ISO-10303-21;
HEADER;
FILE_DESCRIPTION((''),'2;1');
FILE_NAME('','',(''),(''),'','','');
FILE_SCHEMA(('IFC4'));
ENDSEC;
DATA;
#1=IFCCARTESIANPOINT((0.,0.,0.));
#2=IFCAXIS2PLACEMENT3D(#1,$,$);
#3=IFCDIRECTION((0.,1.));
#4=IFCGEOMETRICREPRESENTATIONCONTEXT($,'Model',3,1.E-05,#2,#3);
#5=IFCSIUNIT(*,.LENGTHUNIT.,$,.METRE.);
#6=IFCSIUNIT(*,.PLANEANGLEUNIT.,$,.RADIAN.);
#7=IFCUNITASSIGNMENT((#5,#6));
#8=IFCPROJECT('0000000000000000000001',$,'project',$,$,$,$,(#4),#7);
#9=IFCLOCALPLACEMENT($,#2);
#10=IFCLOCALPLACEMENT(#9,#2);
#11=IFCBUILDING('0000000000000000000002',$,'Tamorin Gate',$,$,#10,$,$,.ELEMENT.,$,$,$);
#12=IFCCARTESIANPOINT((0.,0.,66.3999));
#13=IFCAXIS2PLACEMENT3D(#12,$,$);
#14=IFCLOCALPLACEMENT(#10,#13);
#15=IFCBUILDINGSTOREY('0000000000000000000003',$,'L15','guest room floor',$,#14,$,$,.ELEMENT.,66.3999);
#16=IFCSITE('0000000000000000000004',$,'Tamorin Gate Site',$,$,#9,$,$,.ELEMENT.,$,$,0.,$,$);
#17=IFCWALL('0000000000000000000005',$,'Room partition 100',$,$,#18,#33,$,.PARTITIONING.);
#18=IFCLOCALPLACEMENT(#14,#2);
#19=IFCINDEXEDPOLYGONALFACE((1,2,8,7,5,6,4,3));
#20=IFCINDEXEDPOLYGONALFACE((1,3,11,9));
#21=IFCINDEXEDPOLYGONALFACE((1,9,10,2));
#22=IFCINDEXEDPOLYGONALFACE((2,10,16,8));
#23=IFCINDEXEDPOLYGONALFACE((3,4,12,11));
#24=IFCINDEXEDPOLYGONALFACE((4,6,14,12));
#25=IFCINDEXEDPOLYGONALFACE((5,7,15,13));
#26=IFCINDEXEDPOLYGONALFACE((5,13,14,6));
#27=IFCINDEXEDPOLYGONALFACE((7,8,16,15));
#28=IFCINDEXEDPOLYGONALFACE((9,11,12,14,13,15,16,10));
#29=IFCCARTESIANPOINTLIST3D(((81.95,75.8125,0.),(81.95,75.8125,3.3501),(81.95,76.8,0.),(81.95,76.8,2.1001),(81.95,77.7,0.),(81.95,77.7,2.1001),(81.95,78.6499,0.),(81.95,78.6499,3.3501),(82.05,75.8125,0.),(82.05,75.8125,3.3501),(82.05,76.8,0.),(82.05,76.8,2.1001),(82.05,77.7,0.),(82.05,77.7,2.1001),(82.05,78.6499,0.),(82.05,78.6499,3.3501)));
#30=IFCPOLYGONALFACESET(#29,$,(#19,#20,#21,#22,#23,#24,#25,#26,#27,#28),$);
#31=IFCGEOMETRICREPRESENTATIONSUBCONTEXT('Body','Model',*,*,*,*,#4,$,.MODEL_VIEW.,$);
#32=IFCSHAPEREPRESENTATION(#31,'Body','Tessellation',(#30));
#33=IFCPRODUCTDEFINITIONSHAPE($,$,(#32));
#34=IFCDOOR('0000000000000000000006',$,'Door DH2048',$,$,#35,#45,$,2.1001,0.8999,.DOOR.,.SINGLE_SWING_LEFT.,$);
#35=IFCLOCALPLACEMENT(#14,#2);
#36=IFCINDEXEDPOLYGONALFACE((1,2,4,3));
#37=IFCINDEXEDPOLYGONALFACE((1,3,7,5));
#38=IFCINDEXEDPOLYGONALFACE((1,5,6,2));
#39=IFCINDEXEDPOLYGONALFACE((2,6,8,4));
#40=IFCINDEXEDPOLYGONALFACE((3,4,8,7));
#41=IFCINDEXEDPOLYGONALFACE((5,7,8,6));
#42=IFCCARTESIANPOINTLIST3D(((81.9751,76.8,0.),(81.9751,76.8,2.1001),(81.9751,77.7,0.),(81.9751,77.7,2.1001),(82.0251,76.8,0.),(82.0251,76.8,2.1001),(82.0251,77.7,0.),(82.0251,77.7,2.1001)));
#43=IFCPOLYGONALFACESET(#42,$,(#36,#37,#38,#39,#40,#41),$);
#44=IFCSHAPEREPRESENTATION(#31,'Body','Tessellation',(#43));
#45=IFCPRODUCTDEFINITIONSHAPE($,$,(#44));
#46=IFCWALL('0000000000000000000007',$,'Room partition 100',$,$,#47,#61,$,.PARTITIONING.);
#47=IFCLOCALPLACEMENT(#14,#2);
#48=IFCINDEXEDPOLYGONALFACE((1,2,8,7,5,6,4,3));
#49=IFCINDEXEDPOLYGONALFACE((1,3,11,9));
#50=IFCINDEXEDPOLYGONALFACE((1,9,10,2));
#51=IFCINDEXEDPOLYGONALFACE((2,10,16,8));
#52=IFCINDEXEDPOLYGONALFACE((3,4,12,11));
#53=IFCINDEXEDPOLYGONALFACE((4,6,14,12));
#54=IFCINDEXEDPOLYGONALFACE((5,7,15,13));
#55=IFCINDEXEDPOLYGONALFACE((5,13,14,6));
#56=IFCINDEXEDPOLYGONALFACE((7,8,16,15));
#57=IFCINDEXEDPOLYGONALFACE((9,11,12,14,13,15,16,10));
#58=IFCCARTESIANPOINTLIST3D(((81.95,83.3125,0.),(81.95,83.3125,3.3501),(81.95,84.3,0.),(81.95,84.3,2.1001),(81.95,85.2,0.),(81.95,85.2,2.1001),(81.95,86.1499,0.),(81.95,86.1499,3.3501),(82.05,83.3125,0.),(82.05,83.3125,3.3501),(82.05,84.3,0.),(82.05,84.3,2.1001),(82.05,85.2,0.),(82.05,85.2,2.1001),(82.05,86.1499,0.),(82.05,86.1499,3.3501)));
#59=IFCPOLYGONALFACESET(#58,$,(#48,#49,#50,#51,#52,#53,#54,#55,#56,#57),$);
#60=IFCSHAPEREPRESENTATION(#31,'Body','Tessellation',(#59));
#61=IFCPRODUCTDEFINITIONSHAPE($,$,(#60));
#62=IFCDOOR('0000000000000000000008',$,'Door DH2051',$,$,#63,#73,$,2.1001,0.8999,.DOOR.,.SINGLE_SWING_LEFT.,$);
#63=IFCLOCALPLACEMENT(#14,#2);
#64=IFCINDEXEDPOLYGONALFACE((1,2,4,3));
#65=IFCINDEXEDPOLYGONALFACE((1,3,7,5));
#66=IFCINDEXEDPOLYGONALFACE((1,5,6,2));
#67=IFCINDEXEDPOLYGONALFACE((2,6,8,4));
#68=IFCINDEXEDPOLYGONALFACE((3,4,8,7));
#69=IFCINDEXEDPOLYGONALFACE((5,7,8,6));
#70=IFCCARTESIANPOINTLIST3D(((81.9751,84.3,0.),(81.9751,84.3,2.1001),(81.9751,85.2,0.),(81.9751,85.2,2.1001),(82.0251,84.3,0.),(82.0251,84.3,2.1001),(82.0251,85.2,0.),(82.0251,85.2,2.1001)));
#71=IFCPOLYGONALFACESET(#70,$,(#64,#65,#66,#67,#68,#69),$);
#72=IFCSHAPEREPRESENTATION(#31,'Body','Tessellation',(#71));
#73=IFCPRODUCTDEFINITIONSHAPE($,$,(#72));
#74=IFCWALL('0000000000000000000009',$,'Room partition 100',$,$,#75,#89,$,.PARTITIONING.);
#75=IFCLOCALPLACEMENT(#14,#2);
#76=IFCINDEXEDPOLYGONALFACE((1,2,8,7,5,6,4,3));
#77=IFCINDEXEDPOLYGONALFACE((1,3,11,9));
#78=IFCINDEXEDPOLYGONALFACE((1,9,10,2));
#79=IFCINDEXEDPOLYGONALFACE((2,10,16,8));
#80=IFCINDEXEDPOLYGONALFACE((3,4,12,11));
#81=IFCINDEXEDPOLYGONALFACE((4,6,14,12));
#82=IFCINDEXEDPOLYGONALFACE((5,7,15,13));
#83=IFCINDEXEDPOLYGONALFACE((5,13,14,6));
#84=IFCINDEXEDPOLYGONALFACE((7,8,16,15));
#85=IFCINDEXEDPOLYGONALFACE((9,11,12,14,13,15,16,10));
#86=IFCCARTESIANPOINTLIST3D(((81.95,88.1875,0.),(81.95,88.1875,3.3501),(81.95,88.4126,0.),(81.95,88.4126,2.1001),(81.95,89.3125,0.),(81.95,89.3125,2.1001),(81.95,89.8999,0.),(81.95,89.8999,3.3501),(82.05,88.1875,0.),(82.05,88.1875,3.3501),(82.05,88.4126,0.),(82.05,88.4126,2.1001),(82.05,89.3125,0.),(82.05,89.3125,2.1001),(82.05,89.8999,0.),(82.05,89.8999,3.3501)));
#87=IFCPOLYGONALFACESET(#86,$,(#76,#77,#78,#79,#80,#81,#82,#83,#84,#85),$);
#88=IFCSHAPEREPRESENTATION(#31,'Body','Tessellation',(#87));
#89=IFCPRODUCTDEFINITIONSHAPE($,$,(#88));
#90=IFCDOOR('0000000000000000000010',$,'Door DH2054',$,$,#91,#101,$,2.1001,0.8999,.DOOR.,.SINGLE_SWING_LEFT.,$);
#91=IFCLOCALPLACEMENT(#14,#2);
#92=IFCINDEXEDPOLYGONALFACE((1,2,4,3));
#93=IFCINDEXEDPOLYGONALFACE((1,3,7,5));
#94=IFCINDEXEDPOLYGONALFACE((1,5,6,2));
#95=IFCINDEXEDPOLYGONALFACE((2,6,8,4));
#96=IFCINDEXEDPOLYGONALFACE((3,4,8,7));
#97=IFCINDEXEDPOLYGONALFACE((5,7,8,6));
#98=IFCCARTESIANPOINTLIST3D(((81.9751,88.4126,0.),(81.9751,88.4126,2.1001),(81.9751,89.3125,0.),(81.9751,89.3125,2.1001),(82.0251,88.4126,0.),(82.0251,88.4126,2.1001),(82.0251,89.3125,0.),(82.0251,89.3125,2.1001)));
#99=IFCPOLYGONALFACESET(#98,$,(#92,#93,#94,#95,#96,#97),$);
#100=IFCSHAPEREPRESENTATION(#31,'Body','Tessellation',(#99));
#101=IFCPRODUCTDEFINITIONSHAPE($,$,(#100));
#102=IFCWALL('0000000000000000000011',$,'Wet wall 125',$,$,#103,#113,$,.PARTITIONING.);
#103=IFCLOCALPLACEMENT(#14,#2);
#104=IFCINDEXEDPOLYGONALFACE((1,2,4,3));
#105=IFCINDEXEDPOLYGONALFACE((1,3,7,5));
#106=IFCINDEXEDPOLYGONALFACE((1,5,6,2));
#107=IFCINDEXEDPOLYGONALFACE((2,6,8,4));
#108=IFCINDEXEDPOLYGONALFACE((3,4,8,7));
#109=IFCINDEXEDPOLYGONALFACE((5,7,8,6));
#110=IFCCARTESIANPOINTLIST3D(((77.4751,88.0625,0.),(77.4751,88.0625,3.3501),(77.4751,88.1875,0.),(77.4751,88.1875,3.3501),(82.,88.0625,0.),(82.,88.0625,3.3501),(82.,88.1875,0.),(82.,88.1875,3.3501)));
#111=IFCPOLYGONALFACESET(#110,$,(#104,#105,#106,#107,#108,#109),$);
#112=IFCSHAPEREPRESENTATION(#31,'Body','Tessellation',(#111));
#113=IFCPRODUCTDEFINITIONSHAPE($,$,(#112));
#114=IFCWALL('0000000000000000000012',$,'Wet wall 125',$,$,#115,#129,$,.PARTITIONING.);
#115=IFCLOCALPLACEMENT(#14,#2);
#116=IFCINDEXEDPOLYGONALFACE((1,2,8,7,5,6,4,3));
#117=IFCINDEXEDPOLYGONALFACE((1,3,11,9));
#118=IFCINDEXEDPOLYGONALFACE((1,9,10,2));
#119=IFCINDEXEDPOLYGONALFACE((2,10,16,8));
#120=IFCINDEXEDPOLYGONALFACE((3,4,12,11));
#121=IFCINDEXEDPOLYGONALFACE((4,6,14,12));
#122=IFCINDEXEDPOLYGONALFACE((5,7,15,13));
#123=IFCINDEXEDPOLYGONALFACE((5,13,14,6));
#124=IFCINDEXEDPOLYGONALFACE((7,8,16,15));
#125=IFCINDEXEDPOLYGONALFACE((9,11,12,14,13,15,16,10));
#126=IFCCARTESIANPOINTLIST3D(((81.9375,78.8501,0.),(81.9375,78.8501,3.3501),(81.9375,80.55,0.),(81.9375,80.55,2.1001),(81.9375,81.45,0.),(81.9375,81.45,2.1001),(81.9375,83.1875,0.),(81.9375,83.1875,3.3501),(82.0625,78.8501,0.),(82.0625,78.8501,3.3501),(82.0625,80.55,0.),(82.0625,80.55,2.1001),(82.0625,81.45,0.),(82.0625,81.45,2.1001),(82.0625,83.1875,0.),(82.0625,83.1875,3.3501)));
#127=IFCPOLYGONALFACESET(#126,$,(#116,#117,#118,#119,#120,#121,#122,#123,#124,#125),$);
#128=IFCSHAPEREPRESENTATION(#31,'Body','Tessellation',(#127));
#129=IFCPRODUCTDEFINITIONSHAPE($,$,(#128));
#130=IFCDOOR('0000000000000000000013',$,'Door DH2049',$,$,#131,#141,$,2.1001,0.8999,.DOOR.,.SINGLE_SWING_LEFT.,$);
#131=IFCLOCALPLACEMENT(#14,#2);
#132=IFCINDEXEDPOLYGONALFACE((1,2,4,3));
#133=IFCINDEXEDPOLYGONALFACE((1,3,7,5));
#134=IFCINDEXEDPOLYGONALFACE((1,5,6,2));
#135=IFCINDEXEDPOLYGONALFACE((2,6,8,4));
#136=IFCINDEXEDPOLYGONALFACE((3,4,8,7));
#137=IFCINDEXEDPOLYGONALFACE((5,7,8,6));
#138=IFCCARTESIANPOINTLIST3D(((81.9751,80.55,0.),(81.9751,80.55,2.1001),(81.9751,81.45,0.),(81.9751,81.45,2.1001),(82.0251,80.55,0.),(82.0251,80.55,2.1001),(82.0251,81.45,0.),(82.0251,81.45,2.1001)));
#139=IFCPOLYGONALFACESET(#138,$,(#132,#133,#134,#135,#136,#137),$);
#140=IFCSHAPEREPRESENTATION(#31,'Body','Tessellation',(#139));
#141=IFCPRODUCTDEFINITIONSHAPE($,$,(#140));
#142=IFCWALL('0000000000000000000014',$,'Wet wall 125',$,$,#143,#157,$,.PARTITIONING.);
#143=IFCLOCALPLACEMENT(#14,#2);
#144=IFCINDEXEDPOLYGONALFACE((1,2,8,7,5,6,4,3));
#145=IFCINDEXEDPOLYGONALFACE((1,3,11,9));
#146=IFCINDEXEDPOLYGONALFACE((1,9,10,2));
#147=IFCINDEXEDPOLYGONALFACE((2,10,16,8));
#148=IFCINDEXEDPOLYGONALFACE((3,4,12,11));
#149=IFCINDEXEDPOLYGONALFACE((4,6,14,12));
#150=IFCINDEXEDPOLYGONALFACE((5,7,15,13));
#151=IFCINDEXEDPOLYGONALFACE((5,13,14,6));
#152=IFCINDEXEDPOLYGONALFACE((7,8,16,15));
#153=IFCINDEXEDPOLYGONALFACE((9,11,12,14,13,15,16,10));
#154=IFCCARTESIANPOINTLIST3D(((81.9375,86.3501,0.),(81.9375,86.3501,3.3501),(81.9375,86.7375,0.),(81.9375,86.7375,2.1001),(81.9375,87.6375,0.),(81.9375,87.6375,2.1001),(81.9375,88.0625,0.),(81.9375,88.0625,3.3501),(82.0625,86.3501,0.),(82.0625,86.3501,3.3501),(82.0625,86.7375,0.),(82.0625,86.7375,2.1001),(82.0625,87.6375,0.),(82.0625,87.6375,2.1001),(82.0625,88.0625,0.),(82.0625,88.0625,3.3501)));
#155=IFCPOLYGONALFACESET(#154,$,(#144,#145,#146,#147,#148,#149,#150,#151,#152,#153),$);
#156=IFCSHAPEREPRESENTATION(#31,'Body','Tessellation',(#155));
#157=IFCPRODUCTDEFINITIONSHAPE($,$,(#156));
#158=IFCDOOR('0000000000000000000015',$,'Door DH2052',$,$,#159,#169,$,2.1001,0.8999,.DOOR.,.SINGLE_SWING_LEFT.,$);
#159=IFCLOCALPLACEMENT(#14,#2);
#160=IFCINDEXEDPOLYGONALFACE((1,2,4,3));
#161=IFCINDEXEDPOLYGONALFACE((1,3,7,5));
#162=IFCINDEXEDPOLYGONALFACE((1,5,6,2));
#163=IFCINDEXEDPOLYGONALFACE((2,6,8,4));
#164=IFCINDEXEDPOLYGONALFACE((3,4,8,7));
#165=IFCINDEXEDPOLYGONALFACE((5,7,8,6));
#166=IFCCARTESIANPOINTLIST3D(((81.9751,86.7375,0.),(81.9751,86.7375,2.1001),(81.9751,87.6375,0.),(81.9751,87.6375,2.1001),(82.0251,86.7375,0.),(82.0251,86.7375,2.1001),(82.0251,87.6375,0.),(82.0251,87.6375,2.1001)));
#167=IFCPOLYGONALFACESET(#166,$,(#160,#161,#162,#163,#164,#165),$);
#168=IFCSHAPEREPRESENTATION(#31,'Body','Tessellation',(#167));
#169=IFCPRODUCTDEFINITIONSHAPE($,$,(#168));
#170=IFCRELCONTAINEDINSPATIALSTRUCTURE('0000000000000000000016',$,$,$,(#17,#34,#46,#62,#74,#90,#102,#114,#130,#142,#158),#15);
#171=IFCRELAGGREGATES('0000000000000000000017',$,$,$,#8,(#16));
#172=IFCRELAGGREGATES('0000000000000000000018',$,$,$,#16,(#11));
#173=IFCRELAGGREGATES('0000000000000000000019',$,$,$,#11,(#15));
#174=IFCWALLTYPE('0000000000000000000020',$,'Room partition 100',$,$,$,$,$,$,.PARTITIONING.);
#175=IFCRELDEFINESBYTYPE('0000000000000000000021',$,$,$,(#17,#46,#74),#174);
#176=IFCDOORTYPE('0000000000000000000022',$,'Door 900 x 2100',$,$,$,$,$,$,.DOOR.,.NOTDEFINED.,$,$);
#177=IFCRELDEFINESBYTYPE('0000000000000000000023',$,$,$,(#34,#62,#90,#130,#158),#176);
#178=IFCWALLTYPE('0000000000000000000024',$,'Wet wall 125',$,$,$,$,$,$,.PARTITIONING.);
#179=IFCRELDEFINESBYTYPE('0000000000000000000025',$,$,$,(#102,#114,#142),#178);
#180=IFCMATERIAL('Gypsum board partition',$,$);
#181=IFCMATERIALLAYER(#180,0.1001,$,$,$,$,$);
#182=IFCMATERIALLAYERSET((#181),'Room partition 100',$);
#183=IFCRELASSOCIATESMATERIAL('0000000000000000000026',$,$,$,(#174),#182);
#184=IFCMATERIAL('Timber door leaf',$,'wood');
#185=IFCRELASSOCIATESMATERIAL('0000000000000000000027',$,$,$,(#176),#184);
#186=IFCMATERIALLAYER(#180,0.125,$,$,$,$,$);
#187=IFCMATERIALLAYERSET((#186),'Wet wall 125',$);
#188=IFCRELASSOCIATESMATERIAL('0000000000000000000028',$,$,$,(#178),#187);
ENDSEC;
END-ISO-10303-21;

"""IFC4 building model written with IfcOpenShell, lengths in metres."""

from ifc_helpers import new_model, si_unit, direction, frame, frame_2d, origin, place, context, subcontext, project, spatial, rectangle, extrude, material, layer, layer_set, type_object, element, fill, save


model = new_model("IFC4")

# Units and contexts
model_context = context("Model", 3, precision=1e-05, world=origin(), true_north=direction((0.0, 1.0)))
body_context = subcontext(model_context, "Body", "Model", "MODEL_VIEW")
ifc_project = project(units=[si_unit("LENGTHUNIT", "METRE"), si_unit("PLANEANGLEUNIT", "RADIAN")], contexts=[model_context])

# Site, building, storey
site_placement = place(None, origin())
site = spatial("IfcSite", under=ifc_project, at=site_placement, Name="Tamorin Gate Site", CompositionType="ELEMENT", RefElevation=0.0)
building_placement = place(site_placement, origin())
building = spatial("IfcBuilding", under=site, at=building_placement, Name="Tamorin Gate", CompositionType="ELEMENT")
storey_placement = place(building_placement, frame((0.0, 0.0, 66.3999)))
storey = spatial("IfcBuildingStorey", under=building, at=storey_placement, Name="L15", Description="guest room floor", CompositionType="ELEMENT", Elevation=66.3999)

# Walls, openings, doors
ifc_material_1 = material(Name="Gypsum board partition")
ifc_layer_1 = layer(ifc_material_1, 0.1001)
ifc_layer_set_1 = layer_set([ifc_layer_1], Name="Room partition 100")
wall_type_1 = type_object("IfcWallType", Name="Room partition 100", PredefinedType="PARTITIONING", material=ifc_layer_set_1)
wall_1_placement = place(storey_placement, frame((82.0, 75.8125, 0.0), z_axis=(0.0, 0.0, 1.0), x_axis=(0.0, 1.0, 0.0)))
wall_1 = element("IfcWall", 1, at=wall_1_placement, inside=storey, type_object=wall_type_1, Name="Room partition 100", PredefinedType="PARTITIONING", context=body_context, shape_type="SweptSolid", body=[
    extrude(rectangle(XDim=2.8374, YDim=0.1001, at=frame_2d((1.4187, 0.0))), origin(), (0.0, 0.0, 1.0), 3.3501),
])
opening_1_placement = place(wall_1_placement, frame((0.9875, 0.0, 0.0)))
opening_1 = element("IfcOpeningElement", 2, at=opening_1_placement, cuts=wall_1, PredefinedType="OPENING", context=body_context, shape_type="SweptSolid", body=[
    extrude(rectangle(XDim=0.8999, YDim=2.1001, at=frame_2d((0.45, 1.05))), frame((0.0, 0.0601, 0.0), z_axis=(0.0, -1.0, 0.0), x_axis=(1.0, 0.0, 0.0)), (0.0, 0.0, 1.0), 0.1201),
])
ifc_material_2 = material(Name="Timber door leaf", Category="wood")
door_type = type_object("IfcDoorType", Name="Door 900 x 2100", OperationType="NOTDEFINED", PredefinedType="DOOR", material=ifc_material_2)
door_1_placement = place(opening_1_placement, origin())
door_1 = element("IfcDoor", 3, at=door_1_placement, inside=storey, type_object=door_type, Name="Door DH2048", OperationType="SINGLE_SWING_LEFT", OverallHeight=2.1001, OverallWidth=0.8999, PredefinedType="DOOR", context=body_context, shape_type="SweptSolid", body=[
    extrude(rectangle(XDim=0.8999, YDim=2.1001, at=frame_2d((0.45, 1.05))), frame((0.0, 0.0249, 0.0), z_axis=(0.0, -1.0, 0.0), x_axis=(1.0, 0.0, 0.0)), (0.0, 0.0, 1.0), 0.05),
])
fill(opening_1, door_1)
wall_2_placement = place(storey_placement, frame((82.0, 83.3125, 0.0), z_axis=(0.0, 0.0, 1.0), x_axis=(0.0, 1.0, 0.0)))
wall_2 = element("IfcWall", 4, at=wall_2_placement, inside=storey, type_object=wall_type_1, Name="Room partition 100", PredefinedType="PARTITIONING", context=body_context, shape_type="SweptSolid", body=[
    extrude(rectangle(XDim=2.8374, YDim=0.1001, at=frame_2d((1.4187, 0.0))), origin(), (0.0, 0.0, 1.0), 3.3501),
])
opening_2_placement = place(wall_2_placement, frame((0.9875, 0.0, 0.0)))
opening_2 = element("IfcOpeningElement", 5, at=opening_2_placement, cuts=wall_2, PredefinedType="OPENING", context=body_context, shape_type="SweptSolid", body=[
    extrude(rectangle(XDim=0.8999, YDim=2.1001, at=frame_2d((0.45, 1.05))), frame((0.0, 0.0601, 0.0), z_axis=(0.0, -1.0, 0.0), x_axis=(1.0, 0.0, 0.0)), (0.0, 0.0, 1.0), 0.1201),
])
door_2_placement = place(opening_2_placement, origin())
door_2 = element("IfcDoor", 6, at=door_2_placement, inside=storey, type_object=door_type, Name="Door DH2051", OperationType="SINGLE_SWING_LEFT", OverallHeight=2.1001, OverallWidth=0.8999, PredefinedType="DOOR", context=body_context, shape_type="SweptSolid", body=[
    extrude(rectangle(XDim=0.8999, YDim=2.1001, at=frame_2d((0.45, 1.05))), frame((0.0, 0.0249, 0.0), z_axis=(0.0, -1.0, 0.0), x_axis=(1.0, 0.0, 0.0)), (0.0, 0.0, 1.0), 0.05),
])
fill(opening_2, door_2)
wall_3_placement = place(storey_placement, frame((82.0, 88.1875, 0.0), z_axis=(0.0, 0.0, 1.0), x_axis=(0.0, 1.0, 0.0)))
wall_3 = element("IfcWall", 7, at=wall_3_placement, inside=storey, type_object=wall_type_1, Name="Room partition 100", PredefinedType="PARTITIONING", context=body_context, shape_type="SweptSolid", body=[
    extrude(rectangle(XDim=1.7124, YDim=0.1001, at=frame_2d((0.8562, 0.0))), origin(), (0.0, 0.0, 1.0), 3.3501),
])
opening_3_placement = place(wall_3_placement, frame((0.2251, 0.0, 0.0)))
opening_3 = element("IfcOpeningElement", 8, at=opening_3_placement, cuts=wall_3, PredefinedType="OPENING", context=body_context, shape_type="SweptSolid", body=[
    extrude(rectangle(XDim=0.8999, YDim=2.1001, at=frame_2d((0.45, 1.05))), frame((0.0, 0.0601, 0.0), z_axis=(0.0, -1.0, 0.0), x_axis=(1.0, 0.0, 0.0)), (0.0, 0.0, 1.0), 0.1201),
])
door_3_placement = place(opening_3_placement, origin())
door_3 = element("IfcDoor", 9, at=door_3_placement, inside=storey, type_object=door_type, Name="Door DH2054", OperationType="SINGLE_SWING_LEFT", OverallHeight=2.1001, OverallWidth=0.8999, PredefinedType="DOOR", context=body_context, shape_type="SweptSolid", body=[
    extrude(rectangle(XDim=0.8999, YDim=2.1001, at=frame_2d((0.45, 1.05))), frame((0.0, 0.0249, 0.0), z_axis=(0.0, -1.0, 0.0), x_axis=(1.0, 0.0, 0.0)), (0.0, 0.0, 1.0), 0.05),
])
fill(opening_3, door_3)

# Wall
ifc_layer_2 = layer(ifc_material_1, 0.125)
ifc_layer_set_2 = layer_set([ifc_layer_2], Name="Wet wall 125")
wall_type_2 = type_object("IfcWallType", Name="Wet wall 125", PredefinedType="PARTITIONING", material=ifc_layer_set_2)
wall_4_placement = place(storey_placement, frame((77.4751, 88.125, 0.0), z_axis=(0.0, 0.0, 1.0), x_axis=(1.0, 0.0, 0.0)))
element("IfcWall", 10, at=wall_4_placement, inside=storey, type_object=wall_type_2, Name="Wet wall 125", PredefinedType="PARTITIONING", context=body_context, shape_type="SweptSolid", body=[
    extrude(rectangle(XDim=4.5249, YDim=0.125, at=frame_2d((2.2625, 0.0))), origin(), (0.0, 0.0, 1.0), 3.3501),
])

# Walls, openings, doors
wall_5_placement = place(storey_placement, frame((82.0, 78.8501, 0.0), z_axis=(0.0, 0.0, 1.0), x_axis=(0.0, 1.0, 0.0)))
wall_5 = element("IfcWall", 11, at=wall_5_placement, inside=storey, type_object=wall_type_2, Name="Wet wall 125", PredefinedType="PARTITIONING", context=body_context, shape_type="SweptSolid", body=[
    extrude(rectangle(XDim=4.3374, YDim=0.125, at=frame_2d((2.1687, 0.0))), origin(), (0.0, 0.0, 1.0), 3.3501),
])
opening_4_placement = place(wall_5_placement, frame((1.7, 0.0, 0.0)))
opening_4 = element("IfcOpeningElement", 12, at=opening_4_placement, cuts=wall_5, PredefinedType="OPENING", context=body_context, shape_type="SweptSolid", body=[
    extrude(rectangle(XDim=0.8999, YDim=2.1001, at=frame_2d((0.45, 1.05))), frame((0.0, 0.0725, 0.0), z_axis=(0.0, -1.0, 0.0), x_axis=(1.0, 0.0, 0.0)), (0.0, 0.0, 1.0), 0.145),
])
door_4_placement = place(opening_4_placement, origin())
door_4 = element("IfcDoor", 13, at=door_4_placement, inside=storey, type_object=door_type, Name="Door DH2049", OperationType="SINGLE_SWING_LEFT", OverallHeight=2.1001, OverallWidth=0.8999, PredefinedType="DOOR", context=body_context, shape_type="SweptSolid", body=[
    extrude(rectangle(XDim=0.8999, YDim=2.1001, at=frame_2d((0.45, 1.05))), frame((0.0, 0.0249, 0.0), z_axis=(0.0, -1.0, 0.0), x_axis=(1.0, 0.0, 0.0)), (0.0, 0.0, 1.0), 0.05),
])
fill(opening_4, door_4)
wall_6_placement = place(storey_placement, frame((82.0, 86.3501, 0.0), z_axis=(0.0, 0.0, 1.0), x_axis=(0.0, 1.0, 0.0)))
wall_6 = element("IfcWall", 14, at=wall_6_placement, inside=storey, type_object=wall_type_2, Name="Wet wall 125", PredefinedType="PARTITIONING", context=body_context, shape_type="SweptSolid", body=[
    extrude(rectangle(XDim=1.7124, YDim=0.125, at=frame_2d((0.8562, 0.0))), origin(), (0.0, 0.0, 1.0), 3.3501),
])
opening_5_placement = place(wall_6_placement, frame((0.3875, 0.0, 0.0)))
opening_5 = element("IfcOpeningElement", 15, at=opening_5_placement, cuts=wall_6, PredefinedType="OPENING", context=body_context, shape_type="SweptSolid", body=[
    extrude(rectangle(XDim=0.8999, YDim=2.1001, at=frame_2d((0.45, 1.05))), frame((0.0, 0.0725, 0.0), z_axis=(0.0, -1.0, 0.0), x_axis=(1.0, 0.0, 0.0)), (0.0, 0.0, 1.0), 0.145),
])
door_5_placement = place(opening_5_placement, origin())
door_5 = element("IfcDoor", 16, at=door_5_placement, inside=storey, type_object=door_type, Name="Door DH2052", OperationType="SINGLE_SWING_LEFT", OverallHeight=2.1001, OverallWidth=0.8999, PredefinedType="DOOR", context=body_context, shape_type="SweptSolid", body=[
    extrude(rectangle(XDim=0.8999, YDim=2.1001, at=frame_2d((0.45, 1.05))), frame((0.0, 0.0249, 0.0), z_axis=(0.0, -1.0, 0.0), x_axis=(1.0, 0.0, 0.0)), (0.0, 0.0, 1.0), 0.05),
])
fill(opening_5, door_5)

save(model, "model.ifc")
